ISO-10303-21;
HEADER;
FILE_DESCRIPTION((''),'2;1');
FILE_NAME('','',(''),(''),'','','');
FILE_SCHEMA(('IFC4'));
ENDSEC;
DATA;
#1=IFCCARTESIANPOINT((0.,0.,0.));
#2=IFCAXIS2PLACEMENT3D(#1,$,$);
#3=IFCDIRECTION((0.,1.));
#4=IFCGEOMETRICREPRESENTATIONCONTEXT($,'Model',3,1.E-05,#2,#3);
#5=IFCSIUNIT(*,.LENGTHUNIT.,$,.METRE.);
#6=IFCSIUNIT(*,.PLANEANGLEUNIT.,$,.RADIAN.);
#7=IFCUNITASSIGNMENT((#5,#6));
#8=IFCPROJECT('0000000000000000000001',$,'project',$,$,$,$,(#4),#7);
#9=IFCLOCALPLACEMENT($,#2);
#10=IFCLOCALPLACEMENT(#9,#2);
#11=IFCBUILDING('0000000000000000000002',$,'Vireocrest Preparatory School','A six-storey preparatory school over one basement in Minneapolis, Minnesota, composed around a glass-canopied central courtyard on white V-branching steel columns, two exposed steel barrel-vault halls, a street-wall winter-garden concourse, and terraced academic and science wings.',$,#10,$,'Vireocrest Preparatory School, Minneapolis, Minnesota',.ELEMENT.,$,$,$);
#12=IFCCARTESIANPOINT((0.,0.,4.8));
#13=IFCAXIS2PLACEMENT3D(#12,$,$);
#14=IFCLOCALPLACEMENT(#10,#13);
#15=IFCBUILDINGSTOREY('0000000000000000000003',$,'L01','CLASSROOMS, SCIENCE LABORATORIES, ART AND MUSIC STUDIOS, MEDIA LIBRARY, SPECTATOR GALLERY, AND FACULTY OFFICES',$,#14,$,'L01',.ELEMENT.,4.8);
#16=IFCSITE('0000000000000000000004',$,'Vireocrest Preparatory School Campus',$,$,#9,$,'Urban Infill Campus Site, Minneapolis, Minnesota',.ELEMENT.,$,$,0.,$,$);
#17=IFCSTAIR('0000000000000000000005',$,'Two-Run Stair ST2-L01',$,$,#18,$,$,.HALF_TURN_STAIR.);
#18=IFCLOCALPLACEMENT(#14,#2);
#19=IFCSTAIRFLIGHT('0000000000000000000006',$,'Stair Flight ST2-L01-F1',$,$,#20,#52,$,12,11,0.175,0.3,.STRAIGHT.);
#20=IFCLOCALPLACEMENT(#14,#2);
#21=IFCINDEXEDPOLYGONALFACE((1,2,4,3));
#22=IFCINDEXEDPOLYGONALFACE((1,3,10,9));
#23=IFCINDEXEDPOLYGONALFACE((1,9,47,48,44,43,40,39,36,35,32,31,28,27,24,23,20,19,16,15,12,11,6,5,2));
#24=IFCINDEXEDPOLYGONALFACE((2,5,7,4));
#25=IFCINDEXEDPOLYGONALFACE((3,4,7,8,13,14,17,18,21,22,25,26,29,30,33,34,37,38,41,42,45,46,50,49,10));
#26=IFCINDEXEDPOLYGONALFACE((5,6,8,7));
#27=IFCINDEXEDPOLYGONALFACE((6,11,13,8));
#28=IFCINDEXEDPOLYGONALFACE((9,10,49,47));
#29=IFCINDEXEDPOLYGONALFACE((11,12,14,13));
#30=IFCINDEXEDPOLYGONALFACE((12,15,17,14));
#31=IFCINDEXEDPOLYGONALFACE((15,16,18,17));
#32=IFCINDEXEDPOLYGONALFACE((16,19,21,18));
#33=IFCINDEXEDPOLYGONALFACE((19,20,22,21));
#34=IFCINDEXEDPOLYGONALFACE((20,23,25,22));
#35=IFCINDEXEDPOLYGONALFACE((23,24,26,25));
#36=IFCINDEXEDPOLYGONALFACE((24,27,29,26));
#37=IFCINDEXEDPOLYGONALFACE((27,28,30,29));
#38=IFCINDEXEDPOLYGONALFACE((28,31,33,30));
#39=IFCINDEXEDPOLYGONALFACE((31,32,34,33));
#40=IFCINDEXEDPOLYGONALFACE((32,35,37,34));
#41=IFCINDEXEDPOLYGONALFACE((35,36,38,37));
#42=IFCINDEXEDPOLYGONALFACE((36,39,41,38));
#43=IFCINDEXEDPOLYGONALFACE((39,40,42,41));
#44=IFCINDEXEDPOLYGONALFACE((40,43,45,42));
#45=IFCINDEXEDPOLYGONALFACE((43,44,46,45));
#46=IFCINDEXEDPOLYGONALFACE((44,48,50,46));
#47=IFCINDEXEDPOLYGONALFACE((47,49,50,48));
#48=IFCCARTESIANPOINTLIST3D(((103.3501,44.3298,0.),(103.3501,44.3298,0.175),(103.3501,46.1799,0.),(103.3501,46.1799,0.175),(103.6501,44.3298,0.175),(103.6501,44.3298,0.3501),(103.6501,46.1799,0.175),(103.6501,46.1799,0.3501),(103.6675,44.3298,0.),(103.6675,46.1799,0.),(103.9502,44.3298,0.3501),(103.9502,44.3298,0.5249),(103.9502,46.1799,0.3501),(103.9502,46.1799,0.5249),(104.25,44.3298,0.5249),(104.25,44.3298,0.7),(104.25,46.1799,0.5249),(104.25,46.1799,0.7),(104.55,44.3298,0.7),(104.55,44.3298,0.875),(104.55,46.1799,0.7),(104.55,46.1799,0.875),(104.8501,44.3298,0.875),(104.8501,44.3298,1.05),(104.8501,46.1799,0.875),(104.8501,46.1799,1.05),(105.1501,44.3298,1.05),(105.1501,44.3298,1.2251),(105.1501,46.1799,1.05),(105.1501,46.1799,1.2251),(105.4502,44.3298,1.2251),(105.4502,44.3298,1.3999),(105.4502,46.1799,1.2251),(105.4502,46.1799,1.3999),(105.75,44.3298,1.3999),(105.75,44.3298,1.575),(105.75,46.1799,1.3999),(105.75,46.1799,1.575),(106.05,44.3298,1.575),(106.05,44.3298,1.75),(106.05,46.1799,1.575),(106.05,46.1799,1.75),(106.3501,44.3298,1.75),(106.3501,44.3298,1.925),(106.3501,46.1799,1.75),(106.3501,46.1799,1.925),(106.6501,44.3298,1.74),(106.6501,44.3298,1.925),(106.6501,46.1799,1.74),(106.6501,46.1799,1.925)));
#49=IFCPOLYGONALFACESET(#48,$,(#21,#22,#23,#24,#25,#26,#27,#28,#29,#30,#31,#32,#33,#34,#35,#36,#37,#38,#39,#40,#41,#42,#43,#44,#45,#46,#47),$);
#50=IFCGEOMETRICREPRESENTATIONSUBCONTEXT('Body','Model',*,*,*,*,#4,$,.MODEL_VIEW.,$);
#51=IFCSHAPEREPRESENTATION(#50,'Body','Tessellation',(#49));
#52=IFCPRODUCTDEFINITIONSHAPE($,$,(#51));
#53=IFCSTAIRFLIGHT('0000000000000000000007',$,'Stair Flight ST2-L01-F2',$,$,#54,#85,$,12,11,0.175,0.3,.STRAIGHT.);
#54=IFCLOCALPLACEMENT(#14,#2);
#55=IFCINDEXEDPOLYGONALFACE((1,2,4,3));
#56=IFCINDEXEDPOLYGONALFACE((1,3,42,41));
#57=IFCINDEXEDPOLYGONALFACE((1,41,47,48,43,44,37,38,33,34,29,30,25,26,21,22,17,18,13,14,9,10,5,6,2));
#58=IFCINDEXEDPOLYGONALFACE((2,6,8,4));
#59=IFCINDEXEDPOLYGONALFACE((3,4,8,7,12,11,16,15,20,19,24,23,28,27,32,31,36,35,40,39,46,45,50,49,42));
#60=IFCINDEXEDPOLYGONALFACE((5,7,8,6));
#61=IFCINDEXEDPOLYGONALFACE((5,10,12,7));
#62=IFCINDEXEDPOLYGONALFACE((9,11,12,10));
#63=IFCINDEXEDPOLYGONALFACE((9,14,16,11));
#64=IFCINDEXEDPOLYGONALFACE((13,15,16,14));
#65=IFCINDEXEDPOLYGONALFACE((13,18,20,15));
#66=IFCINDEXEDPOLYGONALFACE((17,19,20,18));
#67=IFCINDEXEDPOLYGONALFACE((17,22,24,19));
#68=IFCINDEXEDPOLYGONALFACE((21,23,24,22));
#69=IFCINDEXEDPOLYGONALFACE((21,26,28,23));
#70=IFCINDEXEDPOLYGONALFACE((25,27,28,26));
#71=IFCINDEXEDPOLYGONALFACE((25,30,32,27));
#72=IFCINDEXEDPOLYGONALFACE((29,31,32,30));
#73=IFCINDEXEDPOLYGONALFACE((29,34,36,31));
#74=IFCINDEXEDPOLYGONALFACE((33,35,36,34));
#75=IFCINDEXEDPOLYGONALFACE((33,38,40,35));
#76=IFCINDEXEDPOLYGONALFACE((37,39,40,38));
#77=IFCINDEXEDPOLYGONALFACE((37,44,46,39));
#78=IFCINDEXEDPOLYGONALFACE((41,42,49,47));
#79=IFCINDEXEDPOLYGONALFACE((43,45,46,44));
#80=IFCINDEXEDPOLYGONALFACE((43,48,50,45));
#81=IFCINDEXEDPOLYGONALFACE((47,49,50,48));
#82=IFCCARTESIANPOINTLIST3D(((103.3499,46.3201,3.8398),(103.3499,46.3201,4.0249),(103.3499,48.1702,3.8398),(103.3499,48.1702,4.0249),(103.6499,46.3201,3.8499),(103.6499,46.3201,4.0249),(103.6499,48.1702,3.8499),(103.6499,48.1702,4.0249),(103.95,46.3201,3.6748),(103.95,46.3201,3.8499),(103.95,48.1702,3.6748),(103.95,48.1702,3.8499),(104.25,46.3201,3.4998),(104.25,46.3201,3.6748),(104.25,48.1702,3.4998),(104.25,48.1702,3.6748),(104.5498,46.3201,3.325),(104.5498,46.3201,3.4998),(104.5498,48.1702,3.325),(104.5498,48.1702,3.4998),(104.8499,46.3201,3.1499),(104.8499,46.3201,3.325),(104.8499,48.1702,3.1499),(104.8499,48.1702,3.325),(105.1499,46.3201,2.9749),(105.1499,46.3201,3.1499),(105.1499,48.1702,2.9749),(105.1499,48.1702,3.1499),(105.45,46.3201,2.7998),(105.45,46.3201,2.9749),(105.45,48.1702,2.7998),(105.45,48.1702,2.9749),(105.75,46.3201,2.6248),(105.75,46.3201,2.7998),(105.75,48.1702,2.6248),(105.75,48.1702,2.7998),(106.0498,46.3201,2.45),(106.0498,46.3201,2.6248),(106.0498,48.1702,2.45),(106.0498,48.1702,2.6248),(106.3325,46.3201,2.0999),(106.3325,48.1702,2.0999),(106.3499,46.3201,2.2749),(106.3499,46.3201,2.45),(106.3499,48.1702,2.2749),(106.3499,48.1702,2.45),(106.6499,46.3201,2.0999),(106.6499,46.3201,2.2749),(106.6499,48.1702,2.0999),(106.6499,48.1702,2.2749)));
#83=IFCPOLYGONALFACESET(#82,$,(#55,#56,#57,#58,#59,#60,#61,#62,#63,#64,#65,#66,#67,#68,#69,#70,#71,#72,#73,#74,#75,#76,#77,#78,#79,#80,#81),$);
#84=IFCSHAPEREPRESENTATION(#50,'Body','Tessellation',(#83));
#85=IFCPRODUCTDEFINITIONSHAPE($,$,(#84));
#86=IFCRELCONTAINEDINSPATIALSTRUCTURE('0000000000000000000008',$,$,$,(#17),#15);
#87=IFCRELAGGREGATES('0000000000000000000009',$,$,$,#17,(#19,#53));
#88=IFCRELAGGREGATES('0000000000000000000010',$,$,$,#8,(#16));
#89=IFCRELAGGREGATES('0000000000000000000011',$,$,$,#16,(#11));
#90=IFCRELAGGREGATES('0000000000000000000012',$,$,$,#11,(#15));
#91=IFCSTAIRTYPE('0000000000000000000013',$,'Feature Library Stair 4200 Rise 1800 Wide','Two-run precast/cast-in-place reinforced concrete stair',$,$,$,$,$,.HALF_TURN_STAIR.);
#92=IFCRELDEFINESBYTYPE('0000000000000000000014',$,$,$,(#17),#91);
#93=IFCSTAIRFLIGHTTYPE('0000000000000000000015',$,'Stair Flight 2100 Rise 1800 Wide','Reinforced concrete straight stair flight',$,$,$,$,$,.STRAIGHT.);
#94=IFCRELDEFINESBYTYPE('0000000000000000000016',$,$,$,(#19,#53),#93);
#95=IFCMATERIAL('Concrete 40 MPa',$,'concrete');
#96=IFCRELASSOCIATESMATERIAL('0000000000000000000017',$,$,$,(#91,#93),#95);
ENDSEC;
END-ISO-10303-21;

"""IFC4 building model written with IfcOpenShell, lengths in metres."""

from ifc_helpers import new_model, si_unit, direction, frame, origin, place, context, subcontext, project, spatial, polyline, outline, extrude, material, type_object, element, aggregate, save


model = new_model("IFC4")

# Units and contexts
model_context = context("Model", 3, precision=1e-05, world=origin(), true_north=direction((0.0, 1.0)))
body_context = subcontext(model_context, "Body", "Model", "MODEL_VIEW")
ifc_project = project(units=[si_unit("LENGTHUNIT", "METRE"), si_unit("PLANEANGLEUNIT", "RADIAN")], contexts=[model_context])

# Site, building, storey
site_placement = place(None, origin())
site = spatial("IfcSite", under=ifc_project, at=site_placement, Name="Vireocrest Preparatory School Campus", LongName="Urban Infill Campus Site, Minneapolis, Minnesota", CompositionType="ELEMENT", RefElevation=0.0)
building_placement = place(site_placement, origin())
building = spatial("IfcBuilding", under=site, at=building_placement, Name="Vireocrest Preparatory School", Description="A six-storey preparatory school over one basement in Minneapolis, Minnesota, composed around a glass-canopied central courtyard on white V-branching steel columns, two exposed steel barrel-vault halls, a street-wall winter-garden concourse, and terraced academic and science wings.", LongName="Vireocrest Preparatory School, Minneapolis, Minnesota", CompositionType="ELEMENT")
storey_placement = place(building_placement, frame((0.0, 0.0, 4.8)))
storey = spatial("IfcBuildingStorey", under=building, at=storey_placement, Name="L01", Description="CLASSROOMS, SCIENCE LABORATORIES, ART AND MUSIC STUDIOS, MEDIA LIBRARY, SPECTATOR GALLERY, AND FACULTY OFFICES", LongName="L01", CompositionType="ELEMENT", Elevation=4.8)

# Shared definitions
ifc_material_1 = material(Name="Concrete 40 MPa", Category="concrete")

# Stair, stair flights
stair_type = type_object("IfcStairType", Name="Feature Library Stair 4200 Rise 1800 Wide", Description="Two-run precast/cast-in-place reinforced concrete stair", PredefinedType="HALF_TURN_STAIR", material=ifc_material_1)
stair_placement = place(storey_placement, origin())
stair = element("IfcStair", 1, at=stair_placement, inside=storey, type_object=stair_type, Name="Two-Run Stair ST2-L01", PredefinedType="HALF_TURN_STAIR")
stair_flight_type = type_object("IfcStairFlightType", Name="Stair Flight 2100 Rise 1800 Wide", Description="Reinforced concrete straight stair flight", PredefinedType="STRAIGHT", material=ifc_material_1)
stair_flight_1_placement = place(storey_placement, frame((103.3501, 45.2549, 0.0), z_axis=(0.0, 0.0, 1.0), x_axis=(1.0, 0.0, 0.0)))
stair_flight_1 = element("IfcStairFlight", 2, at=stair_flight_1_placement, type_object=stair_flight_type, Name="Stair Flight ST2-L01-F1", NumberOfRisers=12, NumberOfTreads=11, PredefinedType="STRAIGHT", RiserHeight=0.175, TreadLength=0.3, context=body_context, shape_type="SweptSolid", body=[
    extrude(outline(polyline([(0.0, 0.0), (0.0, 0.175), (0.3, 0.175), (0.3, 0.3501), (0.6001, 0.3501), (0.6001, 0.5249), (0.8999, 0.5249), (0.8999, 0.7), (1.2, 0.7), (1.2, 0.875), (1.5, 0.875), (1.5, 1.05), (1.8, 1.05), (1.8, 1.2251), (2.1001, 1.2251), (2.1001, 1.3999), (2.3999, 1.3999), (2.3999, 1.575), (2.7, 1.575), (2.7, 1.75), (3.0, 1.75), (3.0, 1.925), (3.3, 1.925), (3.3, 2.1001), (3.3, 1.74), (0.3174, 0.0), (0.0, 0.0)])), frame((0.0, 0.925, 0.0), z_axis=(0.0, -1.0, 0.0), x_axis=(1.0, 0.0, 0.0)), (0.0, 0.0, 1.0), 1.8501),
])
stair_flight_2_placement = place(storey_placement, frame((106.6499, 47.2451, 2.0999), z_axis=(0.0, 0.0, 1.0), x_axis=(-1.0, 0.0, 0.0)))
stair_flight_2 = element("IfcStairFlight", 3, at=stair_flight_2_placement, type_object=stair_flight_type, Name="Stair Flight ST2-L01-F2", NumberOfRisers=12, NumberOfTreads=11, PredefinedType="STRAIGHT", RiserHeight=0.175, TreadLength=0.3, context=body_context, shape_type="SweptSolid", body=[
    extrude(outline(polyline([(0.0, 0.0), (0.0, 0.175), (0.3, 0.175), (0.3, 0.3501), (0.6001, 0.3501), (0.6001, 0.5249), (0.8999, 0.5249), (0.8999, 0.7), (1.2, 0.7), (1.2, 0.875), (1.5, 0.875), (1.5, 1.05), (1.8, 1.05), (1.8, 1.2251), (2.1001, 1.2251), (2.1001, 1.3999), (2.3999, 1.3999), (2.3999, 1.575), (2.7, 1.575), (2.7, 1.75), (3.0, 1.75), (3.0, 1.925), (3.3, 1.925), (3.3, 2.1001), (3.3, 1.74), (0.3174, 0.0), (0.0, 0.0)])), frame((0.0, 0.925, 0.0), z_axis=(0.0, -1.0, 0.0), x_axis=(1.0, 0.0, 0.0)), (0.0, 0.0, 1.0), 1.8501),
])
aggregate(stair, [stair_flight_1, stair_flight_2])

save(model, "model.ifc")
